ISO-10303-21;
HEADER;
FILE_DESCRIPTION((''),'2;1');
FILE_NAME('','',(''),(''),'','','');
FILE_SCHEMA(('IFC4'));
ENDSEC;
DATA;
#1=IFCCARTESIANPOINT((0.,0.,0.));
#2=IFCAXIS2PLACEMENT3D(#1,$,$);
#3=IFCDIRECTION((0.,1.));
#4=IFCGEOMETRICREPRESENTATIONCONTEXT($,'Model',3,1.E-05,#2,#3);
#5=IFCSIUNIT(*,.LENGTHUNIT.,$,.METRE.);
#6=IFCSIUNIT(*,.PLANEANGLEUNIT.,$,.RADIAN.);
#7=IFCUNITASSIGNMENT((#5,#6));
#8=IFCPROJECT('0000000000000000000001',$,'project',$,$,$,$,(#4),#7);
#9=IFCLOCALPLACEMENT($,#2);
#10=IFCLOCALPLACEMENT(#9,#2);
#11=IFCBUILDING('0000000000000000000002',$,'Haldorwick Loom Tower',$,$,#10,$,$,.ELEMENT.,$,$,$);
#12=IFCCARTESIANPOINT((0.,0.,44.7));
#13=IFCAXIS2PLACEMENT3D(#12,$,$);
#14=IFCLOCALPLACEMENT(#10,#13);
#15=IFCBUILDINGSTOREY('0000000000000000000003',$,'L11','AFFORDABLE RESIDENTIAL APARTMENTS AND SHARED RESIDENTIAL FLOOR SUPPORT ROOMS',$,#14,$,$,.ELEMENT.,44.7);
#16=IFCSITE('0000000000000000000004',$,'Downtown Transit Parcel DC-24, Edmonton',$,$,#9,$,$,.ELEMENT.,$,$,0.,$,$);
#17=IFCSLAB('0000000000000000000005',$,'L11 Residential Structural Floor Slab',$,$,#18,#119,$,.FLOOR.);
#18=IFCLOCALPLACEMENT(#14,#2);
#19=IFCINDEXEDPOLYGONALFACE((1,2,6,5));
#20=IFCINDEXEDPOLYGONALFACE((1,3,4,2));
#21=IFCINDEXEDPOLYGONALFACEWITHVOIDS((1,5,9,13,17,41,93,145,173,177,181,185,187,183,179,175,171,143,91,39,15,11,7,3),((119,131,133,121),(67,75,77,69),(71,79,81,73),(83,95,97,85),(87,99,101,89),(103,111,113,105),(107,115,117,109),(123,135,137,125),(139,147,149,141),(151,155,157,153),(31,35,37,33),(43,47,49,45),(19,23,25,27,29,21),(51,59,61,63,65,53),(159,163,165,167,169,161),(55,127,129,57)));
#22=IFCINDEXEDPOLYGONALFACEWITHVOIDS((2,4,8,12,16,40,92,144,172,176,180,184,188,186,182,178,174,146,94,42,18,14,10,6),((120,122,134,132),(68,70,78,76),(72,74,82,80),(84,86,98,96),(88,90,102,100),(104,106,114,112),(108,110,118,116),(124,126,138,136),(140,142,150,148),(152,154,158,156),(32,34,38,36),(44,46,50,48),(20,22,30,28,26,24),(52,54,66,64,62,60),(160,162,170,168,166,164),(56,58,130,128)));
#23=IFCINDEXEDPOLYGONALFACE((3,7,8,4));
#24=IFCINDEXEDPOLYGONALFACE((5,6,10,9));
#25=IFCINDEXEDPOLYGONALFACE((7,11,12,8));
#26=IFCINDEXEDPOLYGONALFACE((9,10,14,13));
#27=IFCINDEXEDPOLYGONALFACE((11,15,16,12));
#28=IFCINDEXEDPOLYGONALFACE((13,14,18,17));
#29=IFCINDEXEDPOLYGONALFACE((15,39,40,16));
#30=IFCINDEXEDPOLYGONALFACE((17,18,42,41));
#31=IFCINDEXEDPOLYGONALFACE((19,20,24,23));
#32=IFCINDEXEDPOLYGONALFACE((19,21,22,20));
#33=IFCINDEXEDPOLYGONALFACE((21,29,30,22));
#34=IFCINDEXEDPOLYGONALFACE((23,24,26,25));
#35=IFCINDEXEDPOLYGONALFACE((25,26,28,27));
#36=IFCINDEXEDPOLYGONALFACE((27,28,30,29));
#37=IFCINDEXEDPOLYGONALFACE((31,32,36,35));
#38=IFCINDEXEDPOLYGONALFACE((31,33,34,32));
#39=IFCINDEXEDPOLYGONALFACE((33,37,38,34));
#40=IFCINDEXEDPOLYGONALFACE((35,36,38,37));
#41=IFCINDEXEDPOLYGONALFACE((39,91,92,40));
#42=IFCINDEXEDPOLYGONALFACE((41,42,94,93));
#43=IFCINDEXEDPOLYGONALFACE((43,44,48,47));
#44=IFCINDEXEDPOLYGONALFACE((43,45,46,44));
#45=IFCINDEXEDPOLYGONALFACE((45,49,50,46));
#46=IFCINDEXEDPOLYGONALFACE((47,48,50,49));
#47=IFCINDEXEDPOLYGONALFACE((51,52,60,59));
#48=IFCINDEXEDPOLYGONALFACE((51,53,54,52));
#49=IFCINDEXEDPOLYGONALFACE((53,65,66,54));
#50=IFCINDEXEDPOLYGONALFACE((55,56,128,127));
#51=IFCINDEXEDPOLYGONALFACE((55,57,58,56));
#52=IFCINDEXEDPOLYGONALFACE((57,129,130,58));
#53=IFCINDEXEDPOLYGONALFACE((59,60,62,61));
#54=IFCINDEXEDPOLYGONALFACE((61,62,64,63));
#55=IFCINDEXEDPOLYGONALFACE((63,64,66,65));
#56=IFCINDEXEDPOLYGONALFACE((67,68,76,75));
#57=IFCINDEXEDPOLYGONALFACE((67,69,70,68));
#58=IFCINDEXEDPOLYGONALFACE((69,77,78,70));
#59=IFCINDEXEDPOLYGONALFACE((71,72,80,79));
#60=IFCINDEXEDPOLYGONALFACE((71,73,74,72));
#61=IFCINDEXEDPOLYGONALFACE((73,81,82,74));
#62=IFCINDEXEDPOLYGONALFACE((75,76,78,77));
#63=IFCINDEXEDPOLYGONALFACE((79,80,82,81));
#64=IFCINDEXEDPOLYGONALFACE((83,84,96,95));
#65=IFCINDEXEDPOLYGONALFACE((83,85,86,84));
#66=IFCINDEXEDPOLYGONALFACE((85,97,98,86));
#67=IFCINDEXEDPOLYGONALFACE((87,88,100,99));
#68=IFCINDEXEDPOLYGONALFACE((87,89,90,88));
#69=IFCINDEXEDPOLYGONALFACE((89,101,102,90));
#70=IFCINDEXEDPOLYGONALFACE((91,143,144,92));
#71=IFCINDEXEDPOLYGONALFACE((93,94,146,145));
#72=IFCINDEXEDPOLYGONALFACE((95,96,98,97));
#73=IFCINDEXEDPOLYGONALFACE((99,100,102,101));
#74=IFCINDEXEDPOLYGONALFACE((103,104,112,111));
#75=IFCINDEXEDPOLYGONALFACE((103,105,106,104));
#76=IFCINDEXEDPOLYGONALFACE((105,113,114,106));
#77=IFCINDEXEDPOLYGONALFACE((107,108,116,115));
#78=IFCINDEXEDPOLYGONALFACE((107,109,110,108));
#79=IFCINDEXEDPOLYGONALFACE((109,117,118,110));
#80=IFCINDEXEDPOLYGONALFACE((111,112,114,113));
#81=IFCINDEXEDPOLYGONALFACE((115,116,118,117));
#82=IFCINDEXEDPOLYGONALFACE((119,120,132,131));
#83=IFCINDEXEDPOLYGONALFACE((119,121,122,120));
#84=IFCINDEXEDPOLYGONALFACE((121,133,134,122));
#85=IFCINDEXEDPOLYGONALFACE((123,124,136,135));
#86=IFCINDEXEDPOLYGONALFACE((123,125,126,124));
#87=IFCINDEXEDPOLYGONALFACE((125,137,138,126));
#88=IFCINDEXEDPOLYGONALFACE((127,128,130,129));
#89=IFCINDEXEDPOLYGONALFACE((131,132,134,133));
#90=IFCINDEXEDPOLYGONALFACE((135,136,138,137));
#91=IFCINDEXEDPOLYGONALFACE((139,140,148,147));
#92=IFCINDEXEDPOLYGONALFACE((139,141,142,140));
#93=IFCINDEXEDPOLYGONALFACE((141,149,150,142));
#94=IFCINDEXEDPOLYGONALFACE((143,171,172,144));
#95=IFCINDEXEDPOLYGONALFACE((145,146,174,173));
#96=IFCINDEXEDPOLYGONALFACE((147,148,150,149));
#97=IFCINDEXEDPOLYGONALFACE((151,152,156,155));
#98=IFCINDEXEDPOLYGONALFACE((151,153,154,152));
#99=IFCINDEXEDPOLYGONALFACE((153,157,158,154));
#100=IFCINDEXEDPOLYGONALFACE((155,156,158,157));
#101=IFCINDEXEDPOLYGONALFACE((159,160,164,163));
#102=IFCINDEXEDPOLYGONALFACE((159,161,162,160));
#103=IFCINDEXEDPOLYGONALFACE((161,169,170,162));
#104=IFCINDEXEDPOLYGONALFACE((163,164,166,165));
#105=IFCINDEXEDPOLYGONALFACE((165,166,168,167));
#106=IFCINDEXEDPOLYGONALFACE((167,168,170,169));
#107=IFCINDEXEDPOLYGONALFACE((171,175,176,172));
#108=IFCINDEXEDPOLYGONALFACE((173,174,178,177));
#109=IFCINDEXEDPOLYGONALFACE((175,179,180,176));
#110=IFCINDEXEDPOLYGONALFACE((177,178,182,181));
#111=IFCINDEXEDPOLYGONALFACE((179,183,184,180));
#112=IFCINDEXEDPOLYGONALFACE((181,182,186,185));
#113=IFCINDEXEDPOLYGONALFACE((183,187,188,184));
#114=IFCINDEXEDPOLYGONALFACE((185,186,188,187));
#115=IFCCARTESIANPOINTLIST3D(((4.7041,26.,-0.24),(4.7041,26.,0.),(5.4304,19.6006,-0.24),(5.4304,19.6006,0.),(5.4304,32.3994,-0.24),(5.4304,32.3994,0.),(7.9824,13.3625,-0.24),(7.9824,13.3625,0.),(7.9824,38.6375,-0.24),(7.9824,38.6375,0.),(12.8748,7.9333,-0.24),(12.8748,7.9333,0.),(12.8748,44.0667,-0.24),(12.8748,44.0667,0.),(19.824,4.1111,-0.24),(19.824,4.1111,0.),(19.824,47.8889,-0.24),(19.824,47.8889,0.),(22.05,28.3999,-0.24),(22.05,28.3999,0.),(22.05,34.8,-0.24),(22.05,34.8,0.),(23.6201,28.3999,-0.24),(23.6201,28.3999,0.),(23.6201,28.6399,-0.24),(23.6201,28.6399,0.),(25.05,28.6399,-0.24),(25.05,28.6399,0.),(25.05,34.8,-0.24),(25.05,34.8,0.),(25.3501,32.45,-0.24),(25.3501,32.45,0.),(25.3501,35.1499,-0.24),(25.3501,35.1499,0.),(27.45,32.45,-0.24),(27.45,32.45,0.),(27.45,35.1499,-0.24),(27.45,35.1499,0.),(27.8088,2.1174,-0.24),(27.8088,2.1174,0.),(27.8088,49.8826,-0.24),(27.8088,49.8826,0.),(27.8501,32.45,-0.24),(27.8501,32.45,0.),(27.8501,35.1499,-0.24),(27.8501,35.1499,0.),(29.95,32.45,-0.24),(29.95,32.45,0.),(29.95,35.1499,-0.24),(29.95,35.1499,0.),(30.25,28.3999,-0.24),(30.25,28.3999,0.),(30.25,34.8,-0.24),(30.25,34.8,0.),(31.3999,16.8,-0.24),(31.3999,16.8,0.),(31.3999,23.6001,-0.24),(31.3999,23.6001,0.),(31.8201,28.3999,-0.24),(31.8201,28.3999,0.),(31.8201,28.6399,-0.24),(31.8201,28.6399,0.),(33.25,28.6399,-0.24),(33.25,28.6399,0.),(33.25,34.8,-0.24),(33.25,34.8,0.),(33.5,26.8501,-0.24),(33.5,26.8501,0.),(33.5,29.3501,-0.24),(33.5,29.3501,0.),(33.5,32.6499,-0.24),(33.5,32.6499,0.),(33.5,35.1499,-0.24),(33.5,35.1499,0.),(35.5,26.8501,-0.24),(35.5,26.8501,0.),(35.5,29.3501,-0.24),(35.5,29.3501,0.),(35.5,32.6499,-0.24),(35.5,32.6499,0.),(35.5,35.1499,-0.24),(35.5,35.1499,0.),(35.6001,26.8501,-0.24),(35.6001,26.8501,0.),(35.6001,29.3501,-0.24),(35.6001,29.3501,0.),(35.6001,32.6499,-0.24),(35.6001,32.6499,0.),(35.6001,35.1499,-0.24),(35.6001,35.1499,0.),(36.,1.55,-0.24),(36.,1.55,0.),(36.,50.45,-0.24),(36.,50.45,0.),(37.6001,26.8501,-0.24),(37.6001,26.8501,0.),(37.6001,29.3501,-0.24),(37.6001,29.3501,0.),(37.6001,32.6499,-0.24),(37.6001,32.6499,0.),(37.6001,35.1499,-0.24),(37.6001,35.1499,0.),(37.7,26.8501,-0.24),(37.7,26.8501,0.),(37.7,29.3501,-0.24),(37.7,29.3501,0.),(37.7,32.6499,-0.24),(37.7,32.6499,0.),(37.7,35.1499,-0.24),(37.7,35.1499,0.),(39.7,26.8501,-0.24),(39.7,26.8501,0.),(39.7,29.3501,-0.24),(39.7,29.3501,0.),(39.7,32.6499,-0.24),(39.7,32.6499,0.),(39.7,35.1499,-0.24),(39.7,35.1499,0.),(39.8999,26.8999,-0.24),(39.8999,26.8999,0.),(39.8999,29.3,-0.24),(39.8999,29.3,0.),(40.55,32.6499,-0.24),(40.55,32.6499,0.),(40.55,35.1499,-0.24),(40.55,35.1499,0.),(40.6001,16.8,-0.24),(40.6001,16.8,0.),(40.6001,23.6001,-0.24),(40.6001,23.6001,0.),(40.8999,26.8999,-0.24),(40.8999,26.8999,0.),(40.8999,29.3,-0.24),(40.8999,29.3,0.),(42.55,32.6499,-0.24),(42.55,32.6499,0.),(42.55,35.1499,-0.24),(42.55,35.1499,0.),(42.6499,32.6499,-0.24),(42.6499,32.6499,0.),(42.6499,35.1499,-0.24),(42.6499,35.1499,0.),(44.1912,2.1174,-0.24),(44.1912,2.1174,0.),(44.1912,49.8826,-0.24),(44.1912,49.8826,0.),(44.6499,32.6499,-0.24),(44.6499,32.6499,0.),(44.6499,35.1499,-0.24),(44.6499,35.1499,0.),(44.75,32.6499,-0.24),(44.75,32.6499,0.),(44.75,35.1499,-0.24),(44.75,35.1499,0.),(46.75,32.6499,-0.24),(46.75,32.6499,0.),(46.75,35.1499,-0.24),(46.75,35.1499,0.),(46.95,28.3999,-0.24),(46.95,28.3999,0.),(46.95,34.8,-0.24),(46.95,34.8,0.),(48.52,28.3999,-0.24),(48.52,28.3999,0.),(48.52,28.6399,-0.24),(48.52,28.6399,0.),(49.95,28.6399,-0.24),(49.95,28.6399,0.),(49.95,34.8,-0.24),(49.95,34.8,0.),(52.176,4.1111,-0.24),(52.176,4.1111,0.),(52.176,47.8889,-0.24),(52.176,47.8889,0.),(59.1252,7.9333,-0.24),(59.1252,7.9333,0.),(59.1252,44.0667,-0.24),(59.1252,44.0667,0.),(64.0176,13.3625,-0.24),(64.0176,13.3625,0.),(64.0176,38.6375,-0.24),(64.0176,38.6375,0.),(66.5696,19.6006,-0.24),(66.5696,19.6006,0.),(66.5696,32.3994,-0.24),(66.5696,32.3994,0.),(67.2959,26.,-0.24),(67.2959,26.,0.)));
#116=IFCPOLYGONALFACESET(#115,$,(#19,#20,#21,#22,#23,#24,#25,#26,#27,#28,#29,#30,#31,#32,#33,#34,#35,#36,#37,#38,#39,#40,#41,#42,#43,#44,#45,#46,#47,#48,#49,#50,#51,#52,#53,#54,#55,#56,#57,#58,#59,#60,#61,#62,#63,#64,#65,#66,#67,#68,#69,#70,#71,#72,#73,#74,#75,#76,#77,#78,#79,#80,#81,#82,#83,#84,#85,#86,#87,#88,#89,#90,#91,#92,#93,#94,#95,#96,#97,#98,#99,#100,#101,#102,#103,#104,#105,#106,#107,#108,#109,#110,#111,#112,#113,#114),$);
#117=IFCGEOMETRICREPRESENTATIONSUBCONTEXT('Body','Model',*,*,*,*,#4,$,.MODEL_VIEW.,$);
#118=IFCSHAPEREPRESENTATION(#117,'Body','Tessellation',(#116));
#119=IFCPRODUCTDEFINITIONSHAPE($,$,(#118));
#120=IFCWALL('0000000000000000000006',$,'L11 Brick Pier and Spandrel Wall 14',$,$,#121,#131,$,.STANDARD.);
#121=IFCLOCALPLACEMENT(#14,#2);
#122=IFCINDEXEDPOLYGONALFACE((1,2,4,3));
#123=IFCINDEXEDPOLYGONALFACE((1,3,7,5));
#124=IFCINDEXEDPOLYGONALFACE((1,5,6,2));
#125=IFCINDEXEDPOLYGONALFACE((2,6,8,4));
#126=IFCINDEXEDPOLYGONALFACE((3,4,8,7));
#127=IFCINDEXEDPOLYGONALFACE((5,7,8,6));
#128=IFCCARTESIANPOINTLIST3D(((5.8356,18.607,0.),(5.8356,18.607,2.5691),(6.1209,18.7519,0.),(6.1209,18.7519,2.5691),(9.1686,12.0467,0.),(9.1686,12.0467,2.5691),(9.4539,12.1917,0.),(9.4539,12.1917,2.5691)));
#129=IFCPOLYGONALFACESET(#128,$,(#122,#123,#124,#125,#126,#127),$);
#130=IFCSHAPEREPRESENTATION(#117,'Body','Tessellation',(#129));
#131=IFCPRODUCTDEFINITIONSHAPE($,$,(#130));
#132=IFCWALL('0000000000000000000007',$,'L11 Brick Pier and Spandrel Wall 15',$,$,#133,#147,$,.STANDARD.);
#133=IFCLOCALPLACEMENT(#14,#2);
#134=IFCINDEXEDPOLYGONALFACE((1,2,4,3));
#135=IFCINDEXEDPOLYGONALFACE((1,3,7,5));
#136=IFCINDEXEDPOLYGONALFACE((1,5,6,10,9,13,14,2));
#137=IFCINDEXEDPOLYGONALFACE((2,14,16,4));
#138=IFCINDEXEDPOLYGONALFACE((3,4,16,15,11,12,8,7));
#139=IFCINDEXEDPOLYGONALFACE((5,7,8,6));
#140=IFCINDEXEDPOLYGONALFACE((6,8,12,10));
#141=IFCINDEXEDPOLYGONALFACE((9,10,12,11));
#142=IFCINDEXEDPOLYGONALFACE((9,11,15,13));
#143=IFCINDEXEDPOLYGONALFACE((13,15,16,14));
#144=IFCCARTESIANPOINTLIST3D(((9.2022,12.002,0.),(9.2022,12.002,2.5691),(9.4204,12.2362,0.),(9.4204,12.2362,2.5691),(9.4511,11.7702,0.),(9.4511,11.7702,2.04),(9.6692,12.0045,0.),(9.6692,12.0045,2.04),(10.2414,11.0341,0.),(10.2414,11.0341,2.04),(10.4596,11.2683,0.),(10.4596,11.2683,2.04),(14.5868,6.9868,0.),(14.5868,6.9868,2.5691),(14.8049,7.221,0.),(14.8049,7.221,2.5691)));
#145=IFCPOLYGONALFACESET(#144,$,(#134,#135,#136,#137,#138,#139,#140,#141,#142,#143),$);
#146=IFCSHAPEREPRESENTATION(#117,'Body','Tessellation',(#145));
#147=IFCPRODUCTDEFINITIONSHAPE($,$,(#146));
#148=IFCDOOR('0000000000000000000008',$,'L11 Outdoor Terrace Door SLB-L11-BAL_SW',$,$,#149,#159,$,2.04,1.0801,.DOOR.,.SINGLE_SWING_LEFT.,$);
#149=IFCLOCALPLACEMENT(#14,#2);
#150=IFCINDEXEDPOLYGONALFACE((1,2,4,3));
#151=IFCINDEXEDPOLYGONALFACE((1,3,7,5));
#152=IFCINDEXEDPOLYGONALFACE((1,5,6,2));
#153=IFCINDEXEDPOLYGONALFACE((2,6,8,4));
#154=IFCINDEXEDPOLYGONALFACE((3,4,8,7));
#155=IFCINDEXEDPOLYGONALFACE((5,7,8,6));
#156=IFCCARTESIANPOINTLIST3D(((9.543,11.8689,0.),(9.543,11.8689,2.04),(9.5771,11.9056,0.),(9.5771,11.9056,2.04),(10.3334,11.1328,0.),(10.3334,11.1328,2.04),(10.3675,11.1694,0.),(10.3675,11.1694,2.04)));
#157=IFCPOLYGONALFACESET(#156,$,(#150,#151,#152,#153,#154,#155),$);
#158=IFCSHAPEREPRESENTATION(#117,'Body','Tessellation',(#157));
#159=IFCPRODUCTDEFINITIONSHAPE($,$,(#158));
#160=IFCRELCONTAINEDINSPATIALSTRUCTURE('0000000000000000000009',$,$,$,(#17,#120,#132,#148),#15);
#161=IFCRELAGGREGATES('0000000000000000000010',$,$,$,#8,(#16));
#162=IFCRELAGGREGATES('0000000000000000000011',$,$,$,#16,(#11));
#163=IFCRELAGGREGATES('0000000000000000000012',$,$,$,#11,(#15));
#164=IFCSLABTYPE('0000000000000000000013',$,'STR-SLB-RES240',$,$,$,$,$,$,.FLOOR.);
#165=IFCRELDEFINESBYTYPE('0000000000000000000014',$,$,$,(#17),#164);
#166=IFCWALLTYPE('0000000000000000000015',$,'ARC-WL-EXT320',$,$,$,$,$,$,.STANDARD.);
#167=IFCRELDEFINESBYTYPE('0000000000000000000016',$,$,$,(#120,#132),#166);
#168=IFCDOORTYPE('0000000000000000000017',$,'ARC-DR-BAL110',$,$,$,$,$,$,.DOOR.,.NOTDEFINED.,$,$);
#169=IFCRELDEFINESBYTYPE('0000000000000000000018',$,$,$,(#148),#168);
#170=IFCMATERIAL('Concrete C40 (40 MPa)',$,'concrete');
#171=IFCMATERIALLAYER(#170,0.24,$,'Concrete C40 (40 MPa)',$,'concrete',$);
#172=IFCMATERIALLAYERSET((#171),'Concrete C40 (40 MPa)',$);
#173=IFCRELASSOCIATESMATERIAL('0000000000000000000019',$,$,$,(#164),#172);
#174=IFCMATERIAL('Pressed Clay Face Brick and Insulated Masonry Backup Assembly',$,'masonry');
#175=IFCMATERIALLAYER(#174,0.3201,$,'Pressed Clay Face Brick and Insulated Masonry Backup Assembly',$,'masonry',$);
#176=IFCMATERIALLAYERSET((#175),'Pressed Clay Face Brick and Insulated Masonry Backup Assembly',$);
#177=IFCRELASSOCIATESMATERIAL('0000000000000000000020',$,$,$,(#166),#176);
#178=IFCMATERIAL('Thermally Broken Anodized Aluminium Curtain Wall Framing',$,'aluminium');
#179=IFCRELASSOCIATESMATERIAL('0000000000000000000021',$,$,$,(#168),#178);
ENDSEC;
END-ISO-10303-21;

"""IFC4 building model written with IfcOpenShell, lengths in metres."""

from ifc_helpers import new_model, si_unit, direction, frame, frame_2d, origin, place, context, subcontext, project, spatial, polyline, rectangle, outline, extrude, material, layer, layer_set, type_object, element, fill, save


model = new_model("IFC4")

# Units and contexts
model_context = context("Model", 3, precision=1e-05, world=origin(), true_north=direction((0.0, 1.0)))
body_context = subcontext(model_context, "Body", "Model", "MODEL_VIEW")
ifc_project = project(units=[si_unit("LENGTHUNIT", "METRE"), si_unit("PLANEANGLEUNIT", "RADIAN")], contexts=[model_context])

# Site, building, storey
site_placement = place(None, origin())
site = spatial("IfcSite", under=ifc_project, at=site_placement, Name="Downtown Transit Parcel DC-24, Edmonton", CompositionType="ELEMENT", RefElevation=0.0)
building_placement = place(site_placement, origin())
building = spatial("IfcBuilding", under=site, at=building_placement, Name="Haldorwick Loom Tower", CompositionType="ELEMENT")
storey_placement = place(building_placement, frame((0.0, 0.0, 44.7)))
storey = spatial("IfcBuildingStorey", under=building, at=storey_placement, Name="L11", Description="AFFORDABLE RESIDENTIAL APARTMENTS AND SHARED RESIDENTIAL FLOOR SUPPORT ROOMS", CompositionType="ELEMENT", Elevation=44.7)

# Shared definitions
ifc_material_1 = material(Name="Concrete C40 (40 MPa)", Category="concrete")

# Slab
ifc_layer_1 = layer(ifc_material_1, 0.24, Name="Concrete C40 (40 MPa)", Category="concrete")
ifc_layer_set_1 = layer_set([ifc_layer_1], Name="Concrete C40 (40 MPa)")
slab_type_1 = type_object("IfcSlabType", Name="STR-SLB-RES240", PredefinedType="FLOOR", material=ifc_layer_set_1)
slab_1_placement = place(storey_placement, frame((0.0, 0.0, -0.24)))
element("IfcSlab", 1, at=slab_1_placement, inside=storey, type_object=slab_type_1, Name="L11 Residential Structural Floor Slab", PredefinedType="FLOOR", context=body_context, shape_type="SweptSolid", body=[
    extrude(outline(polyline([(59.1252, 7.9333), (64.0176, 13.3625), (66.5696, 19.6006), (67.2959, 26.0), (66.5696, 32.3994), (64.0176, 38.6375), (59.1252, 44.0667), (52.176, 47.8889), (44.1912, 49.8826), (36.0, 50.45), (27.8088, 49.8826), (19.824, 47.8889), (12.8748, 44.0667), (7.9824, 38.6375), (5.4304, 32.3994), (4.7041, 26.0), (5.4304, 19.6006), (7.9824, 13.3625), (12.8748, 7.9333), (19.824, 4.1111), (27.8088, 2.1174), (36.0, 1.55), (44.1912, 2.1174), (52.176, 4.1111), (59.1252, 7.9333)]), holes=[polyline([(31.3999, 23.6001), (40.6001, 23.6001), (40.6001, 16.8), (31.3999, 16.8), (31.3999, 23.6001)]), polyline([(33.5, 26.8501), (33.5, 29.3501), (35.5, 29.3501), (35.5, 26.8501), (33.5, 26.8501)]), polyline([(22.05, 28.3999), (22.05, 34.8), (25.05, 34.8), (25.05, 28.6399), (23.6201, 28.6399), (23.6201, 28.3999), (22.05, 28.3999)]), polyline([(30.25, 28.3999), (30.25, 34.8), (33.25, 34.8), (33.25, 28.6399), (31.8201, 28.6399), (31.8201, 28.3999), (30.25, 28.3999)]), polyline([(25.3501, 32.45), (25.3501, 35.1499), (27.45, 35.1499), (27.45, 32.45), (25.3501, 32.45)]), polyline([(27.8501, 32.45), (27.8501, 35.1499), (29.95, 35.1499), (29.95, 32.45), (27.8501, 32.45)]), polyline([(33.5, 32.6499), (33.5, 35.1499), (35.5, 35.1499), (35.5, 32.6499), (33.5, 32.6499)]), polyline([(35.6001, 32.6499), (35.6001, 35.1499), (37.6001, 35.1499), (37.6001, 32.6499), (35.6001, 32.6499)]), polyline([(35.6001, 26.8501), (35.6001, 29.3501), (37.6001, 29.3501), (37.6001, 26.8501), (35.6001, 26.8501)]), polyline([(37.7, 26.8501), (37.7, 29.3501), (39.7, 29.3501), (39.7, 26.8501), (37.7, 26.8501)]), polyline([(39.8999, 26.8999), (39.8999, 29.3), (40.8999, 29.3), (40.8999, 26.8999), (39.8999, 26.8999)]), polyline([(46.95, 28.3999), (46.95, 34.8), (49.95, 34.8), (49.95, 28.6399), (48.52, 28.6399), (48.52, 28.3999), (46.95, 28.3999)]), polyline([(37.7, 32.6499), (37.7, 35.1499), (39.7, 35.1499), (39.7, 32.6499), (37.7, 32.6499)]), polyline([(40.55, 32.6499), (40.55, 35.1499), (42.55, 35.1499), (42.55, 32.6499), (40.55, 32.6499)]), polyline([(42.6499, 32.6499), (42.6499, 35.1499), (44.6499, 35.1499), (44.6499, 32.6499), (42.6499, 32.6499)]), polyline([(44.75, 32.6499), (44.75, 35.1499), (46.75, 35.1499), (46.75, 32.6499), (44.75, 32.6499)])]), origin(), (0.0, 0.0, 1.0), 0.24),
])

# Wall
ifc_material_2 = material(Name="Pressed Clay Face Brick and Insulated Masonry Backup Assembly", Category="masonry")
ifc_layer_2 = layer(ifc_material_2, 0.3201, Name="Pressed Clay Face Brick and Insulated Masonry Backup Assembly", Category="masonry")
ifc_layer_set_2 = layer_set([ifc_layer_2], Name="Pressed Clay Face Brick and Insulated Masonry Backup Assembly")
wall_type_1 = type_object("IfcWallType", Name="ARC-WL-EXT320", PredefinedType="STANDARD", material=ifc_layer_set_2)
wall_1_placement = place(storey_placement, frame((5.9783, 18.6794, 0.0), z_axis=(0.0, 0.0, 1.0), x_axis=(0.452951, -0.891535, 0.0)))
element("IfcWall", 2, at=wall_1_placement, inside=storey, type_object=wall_type_1, Name="L11 Brick Pier and Spandrel Wall 14", PredefinedType="STANDARD", context=body_context, shape_type="SweptSolid", body=[
    extrude(rectangle(XDim=7.3584, YDim=0.3201, at=frame_2d((3.6792, 0.0))), origin(), (0.0, 0.0, 1.0), 2.5691),
])

# Wall, opening, door
wall_2_placement = place(storey_placement, frame((9.3113, 12.1191, 0.0), z_axis=(0.0, 0.0, 1.0), x_axis=(0.731761, -0.681561, 0.0)))
wall_2 = element("IfcWall", 3, at=wall_2_placement, inside=storey, type_object=wall_type_1, Name="L11 Brick Pier and Spandrel Wall 15", PredefinedType="STANDARD", context=body_context, shape_type="SweptSolid", body=[
    extrude(rectangle(XDim=7.3584, YDim=0.3201, at=frame_2d((3.6792, 0.0))), origin(), (0.0, 0.0, 1.0), 2.5691),
])
opening_1_placement = place(wall_2_placement, frame((0.3401, 0.0, 0.0)))
opening_1 = element("IfcOpeningElement", 4, at=opening_1_placement, cuts=wall_2, PredefinedType="OPENING", context=body_context, shape_type="SweptSolid", body=[
    extrude(rectangle(XDim=1.0801, YDim=2.04, at=frame_2d((0.54, 1.02))), frame((0.0, 0.1699, 0.0), z_axis=(0.0, -1.0, 0.0), x_axis=(1.0, 0.0, 0.0)), (0.0, 0.0, 1.0), 0.3401),
])
ifc_material_3 = material(Name="Thermally Broken Anodized Aluminium Curtain Wall Framing", Category="aluminium")
door_type = type_object("IfcDoorType", Name="ARC-DR-BAL110", OperationType="NOTDEFINED", PredefinedType="DOOR", material=ifc_material_3)
door_placement = place(opening_1_placement, origin())
door = element("IfcDoor", 5, at=door_placement, inside=storey, type_object=door_type, Name="L11 Outdoor Terrace Door SLB-L11-BAL_SW", OperationType="SINGLE_SWING_LEFT", OverallHeight=2.04, OverallWidth=1.0801, PredefinedType="DOOR", context=body_context, shape_type="SweptSolid", body=[
    extrude(rectangle(XDim=1.0801, YDim=2.04, at=frame_2d((0.54, 1.02))), frame((0.0, 0.0249, 0.0), z_axis=(0.0, -1.0, 0.0), x_axis=(1.0, 0.0, 0.0)), (0.0, 0.0, 1.0), 0.05),
])
fill(opening_1, door)

save(model, "model.ifc")
